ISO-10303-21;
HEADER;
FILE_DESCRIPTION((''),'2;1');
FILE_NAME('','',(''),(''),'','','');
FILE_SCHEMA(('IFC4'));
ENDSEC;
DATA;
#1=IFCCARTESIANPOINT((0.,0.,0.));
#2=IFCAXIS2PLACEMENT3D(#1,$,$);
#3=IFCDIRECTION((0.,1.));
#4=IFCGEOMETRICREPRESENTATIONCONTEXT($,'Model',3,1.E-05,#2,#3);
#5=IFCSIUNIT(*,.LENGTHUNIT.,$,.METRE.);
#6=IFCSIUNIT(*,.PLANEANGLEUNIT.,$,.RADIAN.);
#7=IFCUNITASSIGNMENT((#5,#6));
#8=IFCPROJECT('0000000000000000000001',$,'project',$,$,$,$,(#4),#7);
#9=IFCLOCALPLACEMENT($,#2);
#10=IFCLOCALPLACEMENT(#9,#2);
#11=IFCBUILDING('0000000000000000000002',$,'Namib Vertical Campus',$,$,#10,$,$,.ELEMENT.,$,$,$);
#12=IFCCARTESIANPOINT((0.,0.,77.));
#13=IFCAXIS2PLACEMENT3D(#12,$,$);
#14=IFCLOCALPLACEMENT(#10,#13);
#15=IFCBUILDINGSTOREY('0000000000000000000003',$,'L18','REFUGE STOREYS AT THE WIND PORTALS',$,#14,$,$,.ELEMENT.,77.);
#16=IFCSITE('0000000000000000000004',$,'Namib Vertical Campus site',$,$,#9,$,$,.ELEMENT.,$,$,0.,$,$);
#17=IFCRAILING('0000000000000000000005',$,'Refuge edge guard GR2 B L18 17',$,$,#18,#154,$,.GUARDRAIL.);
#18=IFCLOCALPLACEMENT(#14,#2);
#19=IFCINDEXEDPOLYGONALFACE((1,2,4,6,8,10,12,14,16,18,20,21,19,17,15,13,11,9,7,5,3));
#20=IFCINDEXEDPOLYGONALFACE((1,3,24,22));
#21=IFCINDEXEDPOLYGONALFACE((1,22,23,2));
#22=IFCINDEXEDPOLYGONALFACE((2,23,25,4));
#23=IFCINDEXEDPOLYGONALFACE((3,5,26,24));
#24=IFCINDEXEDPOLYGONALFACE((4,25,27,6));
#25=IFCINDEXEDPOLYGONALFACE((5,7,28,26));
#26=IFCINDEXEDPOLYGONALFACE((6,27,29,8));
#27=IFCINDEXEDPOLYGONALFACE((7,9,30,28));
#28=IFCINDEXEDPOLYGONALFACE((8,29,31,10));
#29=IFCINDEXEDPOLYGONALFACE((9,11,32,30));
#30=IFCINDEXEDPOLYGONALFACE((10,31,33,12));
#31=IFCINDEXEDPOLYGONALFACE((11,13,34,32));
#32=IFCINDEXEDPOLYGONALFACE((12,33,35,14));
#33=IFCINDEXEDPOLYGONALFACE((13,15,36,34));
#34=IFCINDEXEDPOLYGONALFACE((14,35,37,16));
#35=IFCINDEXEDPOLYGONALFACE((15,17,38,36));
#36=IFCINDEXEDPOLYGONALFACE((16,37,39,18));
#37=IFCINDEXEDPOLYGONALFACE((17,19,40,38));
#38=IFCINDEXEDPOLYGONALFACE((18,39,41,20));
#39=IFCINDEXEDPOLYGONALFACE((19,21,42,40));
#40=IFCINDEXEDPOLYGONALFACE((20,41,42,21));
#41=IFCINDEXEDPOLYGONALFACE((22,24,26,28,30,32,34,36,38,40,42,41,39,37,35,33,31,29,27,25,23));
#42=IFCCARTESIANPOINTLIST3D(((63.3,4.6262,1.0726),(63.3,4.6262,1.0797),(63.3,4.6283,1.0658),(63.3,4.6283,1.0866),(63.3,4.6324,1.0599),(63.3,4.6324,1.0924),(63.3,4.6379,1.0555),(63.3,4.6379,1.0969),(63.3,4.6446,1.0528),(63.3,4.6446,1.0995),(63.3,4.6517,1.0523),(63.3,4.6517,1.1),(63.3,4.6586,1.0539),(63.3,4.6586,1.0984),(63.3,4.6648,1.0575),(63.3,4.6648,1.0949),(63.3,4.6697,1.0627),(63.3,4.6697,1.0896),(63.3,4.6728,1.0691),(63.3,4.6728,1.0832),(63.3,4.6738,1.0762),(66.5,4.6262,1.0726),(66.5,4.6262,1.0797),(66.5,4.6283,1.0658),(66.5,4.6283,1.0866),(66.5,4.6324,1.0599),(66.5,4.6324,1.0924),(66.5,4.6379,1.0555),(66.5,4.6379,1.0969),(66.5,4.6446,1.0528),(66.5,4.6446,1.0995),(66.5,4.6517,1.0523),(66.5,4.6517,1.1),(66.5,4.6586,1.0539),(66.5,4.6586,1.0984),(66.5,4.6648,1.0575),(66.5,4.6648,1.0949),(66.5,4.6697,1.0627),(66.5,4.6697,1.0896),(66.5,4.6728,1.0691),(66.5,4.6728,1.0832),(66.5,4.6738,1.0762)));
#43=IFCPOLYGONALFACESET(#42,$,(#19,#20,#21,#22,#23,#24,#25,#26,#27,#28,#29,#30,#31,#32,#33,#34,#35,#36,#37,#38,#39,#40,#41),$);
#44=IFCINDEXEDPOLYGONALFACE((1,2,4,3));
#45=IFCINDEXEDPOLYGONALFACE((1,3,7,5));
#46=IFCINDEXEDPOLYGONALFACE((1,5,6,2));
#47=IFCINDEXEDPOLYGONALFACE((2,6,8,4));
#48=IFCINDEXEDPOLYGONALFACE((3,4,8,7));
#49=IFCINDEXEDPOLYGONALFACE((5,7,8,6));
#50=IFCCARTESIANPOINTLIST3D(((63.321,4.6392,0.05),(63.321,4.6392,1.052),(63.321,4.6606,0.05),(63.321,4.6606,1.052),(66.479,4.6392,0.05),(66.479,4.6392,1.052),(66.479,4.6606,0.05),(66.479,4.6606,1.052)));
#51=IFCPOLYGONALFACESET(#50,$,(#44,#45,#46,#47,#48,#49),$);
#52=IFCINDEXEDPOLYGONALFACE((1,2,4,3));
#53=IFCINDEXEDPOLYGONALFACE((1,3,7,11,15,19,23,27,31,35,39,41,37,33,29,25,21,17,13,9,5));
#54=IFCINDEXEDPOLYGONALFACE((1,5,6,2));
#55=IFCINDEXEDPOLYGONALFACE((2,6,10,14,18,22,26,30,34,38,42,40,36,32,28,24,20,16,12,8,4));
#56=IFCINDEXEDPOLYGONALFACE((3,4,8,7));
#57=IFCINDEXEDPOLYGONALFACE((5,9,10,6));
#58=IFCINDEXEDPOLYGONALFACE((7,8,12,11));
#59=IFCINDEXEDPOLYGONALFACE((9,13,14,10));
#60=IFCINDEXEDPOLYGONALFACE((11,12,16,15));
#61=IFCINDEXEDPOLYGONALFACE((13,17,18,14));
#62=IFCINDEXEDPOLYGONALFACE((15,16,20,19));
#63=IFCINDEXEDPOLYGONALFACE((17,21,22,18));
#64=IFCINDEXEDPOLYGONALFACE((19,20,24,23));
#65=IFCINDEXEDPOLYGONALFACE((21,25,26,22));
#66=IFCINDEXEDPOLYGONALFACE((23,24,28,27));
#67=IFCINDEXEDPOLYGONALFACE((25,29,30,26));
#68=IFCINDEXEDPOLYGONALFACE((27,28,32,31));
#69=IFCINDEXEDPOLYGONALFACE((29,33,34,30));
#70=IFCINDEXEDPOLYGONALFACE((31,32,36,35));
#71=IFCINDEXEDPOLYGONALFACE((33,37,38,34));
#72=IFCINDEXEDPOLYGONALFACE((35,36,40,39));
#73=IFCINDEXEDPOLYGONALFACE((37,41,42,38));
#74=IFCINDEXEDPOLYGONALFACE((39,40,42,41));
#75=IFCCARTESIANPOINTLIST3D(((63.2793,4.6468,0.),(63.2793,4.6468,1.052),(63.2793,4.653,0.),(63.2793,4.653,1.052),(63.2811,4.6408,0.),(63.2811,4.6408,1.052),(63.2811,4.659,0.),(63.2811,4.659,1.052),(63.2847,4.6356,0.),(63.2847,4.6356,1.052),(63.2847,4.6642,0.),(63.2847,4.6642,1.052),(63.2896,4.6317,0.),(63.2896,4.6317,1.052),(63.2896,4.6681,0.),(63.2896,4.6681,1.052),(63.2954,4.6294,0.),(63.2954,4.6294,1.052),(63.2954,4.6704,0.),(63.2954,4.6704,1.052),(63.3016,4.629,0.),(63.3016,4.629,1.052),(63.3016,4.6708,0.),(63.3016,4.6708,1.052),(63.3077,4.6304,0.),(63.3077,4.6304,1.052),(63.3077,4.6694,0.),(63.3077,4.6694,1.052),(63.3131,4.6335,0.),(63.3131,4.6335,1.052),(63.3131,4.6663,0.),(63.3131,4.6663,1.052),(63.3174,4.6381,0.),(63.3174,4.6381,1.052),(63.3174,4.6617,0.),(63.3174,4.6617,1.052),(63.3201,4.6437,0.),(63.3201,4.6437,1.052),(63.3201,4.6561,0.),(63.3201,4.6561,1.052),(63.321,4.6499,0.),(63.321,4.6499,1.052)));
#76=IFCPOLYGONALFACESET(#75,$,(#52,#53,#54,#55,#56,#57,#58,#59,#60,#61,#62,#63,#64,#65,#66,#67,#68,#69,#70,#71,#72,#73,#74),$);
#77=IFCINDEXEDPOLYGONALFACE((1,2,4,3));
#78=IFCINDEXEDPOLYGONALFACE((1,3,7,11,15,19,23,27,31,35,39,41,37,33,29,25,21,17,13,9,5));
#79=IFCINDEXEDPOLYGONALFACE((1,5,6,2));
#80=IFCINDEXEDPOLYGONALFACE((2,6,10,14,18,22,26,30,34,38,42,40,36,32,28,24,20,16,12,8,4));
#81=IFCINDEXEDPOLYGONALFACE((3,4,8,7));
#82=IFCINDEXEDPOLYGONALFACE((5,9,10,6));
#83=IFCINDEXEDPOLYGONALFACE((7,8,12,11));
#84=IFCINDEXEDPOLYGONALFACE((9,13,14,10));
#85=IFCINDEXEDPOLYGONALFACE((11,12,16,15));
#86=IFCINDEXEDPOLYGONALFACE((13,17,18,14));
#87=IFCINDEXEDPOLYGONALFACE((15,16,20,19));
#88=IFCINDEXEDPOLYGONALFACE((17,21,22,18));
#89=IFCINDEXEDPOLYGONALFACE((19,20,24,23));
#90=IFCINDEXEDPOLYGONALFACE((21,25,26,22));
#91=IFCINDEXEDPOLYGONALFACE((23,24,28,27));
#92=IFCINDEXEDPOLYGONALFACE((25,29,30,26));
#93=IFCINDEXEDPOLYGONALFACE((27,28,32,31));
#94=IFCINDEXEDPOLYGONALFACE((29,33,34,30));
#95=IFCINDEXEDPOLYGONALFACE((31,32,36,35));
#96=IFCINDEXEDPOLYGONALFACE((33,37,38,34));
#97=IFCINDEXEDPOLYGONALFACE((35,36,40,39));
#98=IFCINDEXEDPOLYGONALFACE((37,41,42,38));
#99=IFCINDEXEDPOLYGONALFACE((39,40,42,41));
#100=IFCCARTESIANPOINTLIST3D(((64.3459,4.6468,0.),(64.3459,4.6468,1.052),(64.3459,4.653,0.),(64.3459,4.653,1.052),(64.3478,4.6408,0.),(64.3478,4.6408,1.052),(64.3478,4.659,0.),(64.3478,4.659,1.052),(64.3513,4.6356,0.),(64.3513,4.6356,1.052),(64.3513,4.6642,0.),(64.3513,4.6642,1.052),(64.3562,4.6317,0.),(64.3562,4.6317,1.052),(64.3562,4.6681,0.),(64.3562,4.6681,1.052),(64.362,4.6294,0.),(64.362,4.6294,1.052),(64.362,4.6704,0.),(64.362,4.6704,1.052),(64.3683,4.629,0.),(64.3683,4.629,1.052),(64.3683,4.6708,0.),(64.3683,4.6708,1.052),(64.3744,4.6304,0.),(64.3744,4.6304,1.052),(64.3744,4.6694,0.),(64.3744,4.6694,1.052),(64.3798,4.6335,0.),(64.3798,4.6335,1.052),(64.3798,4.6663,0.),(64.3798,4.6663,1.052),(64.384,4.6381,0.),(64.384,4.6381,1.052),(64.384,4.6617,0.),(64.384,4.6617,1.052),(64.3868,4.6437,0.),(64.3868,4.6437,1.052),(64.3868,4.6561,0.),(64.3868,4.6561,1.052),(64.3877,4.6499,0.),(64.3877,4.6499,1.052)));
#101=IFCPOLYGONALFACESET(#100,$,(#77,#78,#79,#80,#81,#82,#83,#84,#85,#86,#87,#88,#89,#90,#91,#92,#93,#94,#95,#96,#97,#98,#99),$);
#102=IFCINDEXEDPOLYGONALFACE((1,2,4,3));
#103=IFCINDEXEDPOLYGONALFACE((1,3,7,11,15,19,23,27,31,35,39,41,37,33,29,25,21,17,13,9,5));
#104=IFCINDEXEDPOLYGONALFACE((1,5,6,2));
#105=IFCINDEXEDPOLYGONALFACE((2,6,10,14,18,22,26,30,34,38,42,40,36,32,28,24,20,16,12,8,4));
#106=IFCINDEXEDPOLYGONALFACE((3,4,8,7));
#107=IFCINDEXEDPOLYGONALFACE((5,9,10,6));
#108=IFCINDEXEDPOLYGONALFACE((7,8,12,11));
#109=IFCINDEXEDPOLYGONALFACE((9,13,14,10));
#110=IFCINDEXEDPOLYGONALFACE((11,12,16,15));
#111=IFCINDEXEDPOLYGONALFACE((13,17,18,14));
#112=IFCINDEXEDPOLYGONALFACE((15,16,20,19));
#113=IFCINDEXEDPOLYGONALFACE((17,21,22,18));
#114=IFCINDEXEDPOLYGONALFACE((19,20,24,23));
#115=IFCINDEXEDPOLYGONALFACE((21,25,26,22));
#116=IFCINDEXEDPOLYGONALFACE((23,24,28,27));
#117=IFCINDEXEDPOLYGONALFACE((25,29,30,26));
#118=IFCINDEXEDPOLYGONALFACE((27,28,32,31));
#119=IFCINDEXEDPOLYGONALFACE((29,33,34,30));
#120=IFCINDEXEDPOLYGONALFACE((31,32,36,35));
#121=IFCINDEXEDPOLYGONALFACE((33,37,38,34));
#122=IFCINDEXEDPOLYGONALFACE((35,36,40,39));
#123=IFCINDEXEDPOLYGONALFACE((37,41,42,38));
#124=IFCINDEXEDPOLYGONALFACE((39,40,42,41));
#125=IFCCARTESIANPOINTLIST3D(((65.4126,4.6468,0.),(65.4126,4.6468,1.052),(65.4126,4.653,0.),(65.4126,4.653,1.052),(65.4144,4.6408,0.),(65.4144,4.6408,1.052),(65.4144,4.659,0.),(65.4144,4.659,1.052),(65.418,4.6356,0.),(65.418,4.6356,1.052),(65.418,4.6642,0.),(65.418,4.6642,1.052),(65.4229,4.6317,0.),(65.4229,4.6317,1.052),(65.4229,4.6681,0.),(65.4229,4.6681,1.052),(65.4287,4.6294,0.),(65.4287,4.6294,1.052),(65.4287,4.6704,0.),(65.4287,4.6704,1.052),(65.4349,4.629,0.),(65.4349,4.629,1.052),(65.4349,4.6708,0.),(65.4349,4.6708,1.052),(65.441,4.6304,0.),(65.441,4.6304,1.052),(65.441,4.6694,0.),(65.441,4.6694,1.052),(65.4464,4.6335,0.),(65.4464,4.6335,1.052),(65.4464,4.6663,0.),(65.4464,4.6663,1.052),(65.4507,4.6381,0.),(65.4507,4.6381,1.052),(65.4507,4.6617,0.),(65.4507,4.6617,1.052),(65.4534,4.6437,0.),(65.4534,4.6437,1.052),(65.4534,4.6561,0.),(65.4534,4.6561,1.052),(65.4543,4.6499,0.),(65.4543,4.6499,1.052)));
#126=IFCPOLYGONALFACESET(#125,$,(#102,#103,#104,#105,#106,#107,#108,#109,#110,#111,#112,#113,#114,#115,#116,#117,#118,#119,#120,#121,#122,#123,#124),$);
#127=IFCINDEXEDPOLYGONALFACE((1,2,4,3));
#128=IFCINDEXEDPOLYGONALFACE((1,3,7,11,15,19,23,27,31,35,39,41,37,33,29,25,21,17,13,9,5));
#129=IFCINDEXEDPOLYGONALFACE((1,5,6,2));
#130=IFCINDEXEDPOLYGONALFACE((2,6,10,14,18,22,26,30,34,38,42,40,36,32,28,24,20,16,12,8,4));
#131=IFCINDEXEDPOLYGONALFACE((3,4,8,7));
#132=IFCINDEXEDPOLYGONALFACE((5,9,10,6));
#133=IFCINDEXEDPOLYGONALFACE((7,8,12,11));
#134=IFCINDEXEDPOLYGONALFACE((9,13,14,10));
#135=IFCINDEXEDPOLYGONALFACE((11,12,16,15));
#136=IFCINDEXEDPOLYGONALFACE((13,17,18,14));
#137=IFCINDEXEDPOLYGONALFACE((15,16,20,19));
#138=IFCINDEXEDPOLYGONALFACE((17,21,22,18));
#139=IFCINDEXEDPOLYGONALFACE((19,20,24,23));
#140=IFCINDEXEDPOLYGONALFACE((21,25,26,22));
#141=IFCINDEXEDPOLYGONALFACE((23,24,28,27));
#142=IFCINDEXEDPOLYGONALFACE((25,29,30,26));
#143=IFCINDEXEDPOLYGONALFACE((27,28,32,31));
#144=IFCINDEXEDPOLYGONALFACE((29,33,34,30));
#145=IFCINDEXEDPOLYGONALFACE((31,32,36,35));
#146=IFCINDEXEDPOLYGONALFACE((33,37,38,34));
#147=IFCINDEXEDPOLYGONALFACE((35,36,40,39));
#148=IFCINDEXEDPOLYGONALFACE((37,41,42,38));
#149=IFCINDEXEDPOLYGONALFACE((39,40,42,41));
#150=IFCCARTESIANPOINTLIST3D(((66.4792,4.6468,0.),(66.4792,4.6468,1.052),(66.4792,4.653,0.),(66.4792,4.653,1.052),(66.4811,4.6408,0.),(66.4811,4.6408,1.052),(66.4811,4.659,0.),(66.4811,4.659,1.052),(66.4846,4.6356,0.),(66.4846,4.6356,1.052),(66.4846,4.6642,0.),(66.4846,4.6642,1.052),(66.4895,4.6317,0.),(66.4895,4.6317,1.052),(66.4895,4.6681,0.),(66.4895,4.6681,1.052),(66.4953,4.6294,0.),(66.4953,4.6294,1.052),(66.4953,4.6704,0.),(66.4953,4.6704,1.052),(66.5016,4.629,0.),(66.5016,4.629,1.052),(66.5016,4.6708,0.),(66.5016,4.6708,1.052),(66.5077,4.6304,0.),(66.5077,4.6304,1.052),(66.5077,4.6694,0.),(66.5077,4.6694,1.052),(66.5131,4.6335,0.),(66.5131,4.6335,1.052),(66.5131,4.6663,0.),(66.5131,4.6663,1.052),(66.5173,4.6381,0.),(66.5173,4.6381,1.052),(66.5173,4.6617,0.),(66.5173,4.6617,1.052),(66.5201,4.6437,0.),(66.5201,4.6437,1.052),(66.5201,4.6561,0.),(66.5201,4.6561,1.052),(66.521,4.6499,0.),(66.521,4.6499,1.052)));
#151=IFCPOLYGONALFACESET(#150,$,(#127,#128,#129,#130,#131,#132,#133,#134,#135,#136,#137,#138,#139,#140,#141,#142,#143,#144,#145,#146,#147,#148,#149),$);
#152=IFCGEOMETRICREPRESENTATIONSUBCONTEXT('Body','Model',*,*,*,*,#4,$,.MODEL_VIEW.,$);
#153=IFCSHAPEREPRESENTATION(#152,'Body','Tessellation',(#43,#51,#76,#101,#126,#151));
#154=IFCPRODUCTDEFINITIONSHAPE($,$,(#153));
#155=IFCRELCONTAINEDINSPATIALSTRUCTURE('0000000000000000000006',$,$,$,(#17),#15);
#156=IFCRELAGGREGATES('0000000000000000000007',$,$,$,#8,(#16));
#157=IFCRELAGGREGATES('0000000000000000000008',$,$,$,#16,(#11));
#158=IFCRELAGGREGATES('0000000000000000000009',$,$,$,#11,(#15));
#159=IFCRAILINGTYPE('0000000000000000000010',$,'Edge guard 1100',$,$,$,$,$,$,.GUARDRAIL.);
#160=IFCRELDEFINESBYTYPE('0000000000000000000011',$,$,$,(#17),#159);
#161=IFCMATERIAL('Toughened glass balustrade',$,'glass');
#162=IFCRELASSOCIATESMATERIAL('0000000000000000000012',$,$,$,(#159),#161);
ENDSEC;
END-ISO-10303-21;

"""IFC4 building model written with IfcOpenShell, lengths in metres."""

from ifc_helpers import new_model, si_unit, direction, frame, origin, origin_2d, place, context, subcontext, project, spatial, polyline, circle, outline, extrude, material, type_object, element, save


model = new_model("IFC4")

# Units and contexts
model_context = context("Model", 3, precision=1e-05, world=origin(), true_north=direction((0.0, 1.0)))
body_context = subcontext(model_context, "Body", "Model", "MODEL_VIEW")
ifc_project = project(units=[si_unit("LENGTHUNIT", "METRE"), si_unit("PLANEANGLEUNIT", "RADIAN")], contexts=[model_context])

# Site, building, storey
site_placement = place(None, origin())
site = spatial("IfcSite", under=ifc_project, at=site_placement, Name="Namib Vertical Campus site", CompositionType="ELEMENT", RefElevation=0.0)
building_placement = place(site_placement, origin())
building = spatial("IfcBuilding", under=site, at=building_placement, Name="Namib Vertical Campus", CompositionType="ELEMENT")
storey_placement = place(building_placement, frame((0.0, 0.0, 77.0)))
storey = spatial("IfcBuildingStorey", under=building, at=storey_placement, Name="L18", Description="REFUGE STOREYS AT THE WIND PORTALS", CompositionType="ELEMENT", Elevation=77.0)

# Railing
ifc_material_1 = material(Name="Toughened glass balustrade", Category="glass")
railing_type = type_object("IfcRailingType", Name="Edge guard 1100", PredefinedType="GUARDRAIL", material=ifc_material_1)
railing_1_placement = place(storey_placement, frame((63.3, 4.6499, 0.0)))
element("IfcRailing", 1, at=railing_1_placement, inside=storey, type_object=railing_type, Name="Refuge edge guard GR2 B L18 17", PredefinedType="GUARDRAIL", context=body_context, shape_type="SweptSolid", body=[
    extrude(circle(Radius=0.0239, at=origin_2d()), frame((0.0, 0.0, 1.0762), z_axis=(1.0, 0.0, 0.0), x_axis=(0.0, 1.0, 0.0)), (0.0, 0.0, 1.0), 3.2),
    extrude(outline(polyline([(0.021, 0.05), (3.179, 0.05), (3.179, 1.052), (0.021, 1.052), (0.021, 0.05)])), frame((0.0, 0.0107, 0.0), z_axis=(0.0, -1.0, 0.0), x_axis=(1.0, 0.0, 0.0)), (0.0, 0.0, 1.0), 0.0215),
    extrude(circle(Radius=0.021, at=origin_2d()), origin(), (0.0, 0.0, 1.0), 1.052),
    extrude(circle(Radius=0.021, at=origin_2d()), frame((1.0667, 0.0, 0.0)), (0.0, 0.0, 1.0), 1.052),
    extrude(circle(Radius=0.021, at=origin_2d()), frame((2.1333, 0.0, 0.0)), (0.0, 0.0, 1.0), 1.052),
    extrude(circle(Radius=0.021, at=origin_2d()), frame((3.2, 0.0, 0.0)), (0.0, 0.0, 1.0), 1.052),
])

save(model, "model.ifc")
